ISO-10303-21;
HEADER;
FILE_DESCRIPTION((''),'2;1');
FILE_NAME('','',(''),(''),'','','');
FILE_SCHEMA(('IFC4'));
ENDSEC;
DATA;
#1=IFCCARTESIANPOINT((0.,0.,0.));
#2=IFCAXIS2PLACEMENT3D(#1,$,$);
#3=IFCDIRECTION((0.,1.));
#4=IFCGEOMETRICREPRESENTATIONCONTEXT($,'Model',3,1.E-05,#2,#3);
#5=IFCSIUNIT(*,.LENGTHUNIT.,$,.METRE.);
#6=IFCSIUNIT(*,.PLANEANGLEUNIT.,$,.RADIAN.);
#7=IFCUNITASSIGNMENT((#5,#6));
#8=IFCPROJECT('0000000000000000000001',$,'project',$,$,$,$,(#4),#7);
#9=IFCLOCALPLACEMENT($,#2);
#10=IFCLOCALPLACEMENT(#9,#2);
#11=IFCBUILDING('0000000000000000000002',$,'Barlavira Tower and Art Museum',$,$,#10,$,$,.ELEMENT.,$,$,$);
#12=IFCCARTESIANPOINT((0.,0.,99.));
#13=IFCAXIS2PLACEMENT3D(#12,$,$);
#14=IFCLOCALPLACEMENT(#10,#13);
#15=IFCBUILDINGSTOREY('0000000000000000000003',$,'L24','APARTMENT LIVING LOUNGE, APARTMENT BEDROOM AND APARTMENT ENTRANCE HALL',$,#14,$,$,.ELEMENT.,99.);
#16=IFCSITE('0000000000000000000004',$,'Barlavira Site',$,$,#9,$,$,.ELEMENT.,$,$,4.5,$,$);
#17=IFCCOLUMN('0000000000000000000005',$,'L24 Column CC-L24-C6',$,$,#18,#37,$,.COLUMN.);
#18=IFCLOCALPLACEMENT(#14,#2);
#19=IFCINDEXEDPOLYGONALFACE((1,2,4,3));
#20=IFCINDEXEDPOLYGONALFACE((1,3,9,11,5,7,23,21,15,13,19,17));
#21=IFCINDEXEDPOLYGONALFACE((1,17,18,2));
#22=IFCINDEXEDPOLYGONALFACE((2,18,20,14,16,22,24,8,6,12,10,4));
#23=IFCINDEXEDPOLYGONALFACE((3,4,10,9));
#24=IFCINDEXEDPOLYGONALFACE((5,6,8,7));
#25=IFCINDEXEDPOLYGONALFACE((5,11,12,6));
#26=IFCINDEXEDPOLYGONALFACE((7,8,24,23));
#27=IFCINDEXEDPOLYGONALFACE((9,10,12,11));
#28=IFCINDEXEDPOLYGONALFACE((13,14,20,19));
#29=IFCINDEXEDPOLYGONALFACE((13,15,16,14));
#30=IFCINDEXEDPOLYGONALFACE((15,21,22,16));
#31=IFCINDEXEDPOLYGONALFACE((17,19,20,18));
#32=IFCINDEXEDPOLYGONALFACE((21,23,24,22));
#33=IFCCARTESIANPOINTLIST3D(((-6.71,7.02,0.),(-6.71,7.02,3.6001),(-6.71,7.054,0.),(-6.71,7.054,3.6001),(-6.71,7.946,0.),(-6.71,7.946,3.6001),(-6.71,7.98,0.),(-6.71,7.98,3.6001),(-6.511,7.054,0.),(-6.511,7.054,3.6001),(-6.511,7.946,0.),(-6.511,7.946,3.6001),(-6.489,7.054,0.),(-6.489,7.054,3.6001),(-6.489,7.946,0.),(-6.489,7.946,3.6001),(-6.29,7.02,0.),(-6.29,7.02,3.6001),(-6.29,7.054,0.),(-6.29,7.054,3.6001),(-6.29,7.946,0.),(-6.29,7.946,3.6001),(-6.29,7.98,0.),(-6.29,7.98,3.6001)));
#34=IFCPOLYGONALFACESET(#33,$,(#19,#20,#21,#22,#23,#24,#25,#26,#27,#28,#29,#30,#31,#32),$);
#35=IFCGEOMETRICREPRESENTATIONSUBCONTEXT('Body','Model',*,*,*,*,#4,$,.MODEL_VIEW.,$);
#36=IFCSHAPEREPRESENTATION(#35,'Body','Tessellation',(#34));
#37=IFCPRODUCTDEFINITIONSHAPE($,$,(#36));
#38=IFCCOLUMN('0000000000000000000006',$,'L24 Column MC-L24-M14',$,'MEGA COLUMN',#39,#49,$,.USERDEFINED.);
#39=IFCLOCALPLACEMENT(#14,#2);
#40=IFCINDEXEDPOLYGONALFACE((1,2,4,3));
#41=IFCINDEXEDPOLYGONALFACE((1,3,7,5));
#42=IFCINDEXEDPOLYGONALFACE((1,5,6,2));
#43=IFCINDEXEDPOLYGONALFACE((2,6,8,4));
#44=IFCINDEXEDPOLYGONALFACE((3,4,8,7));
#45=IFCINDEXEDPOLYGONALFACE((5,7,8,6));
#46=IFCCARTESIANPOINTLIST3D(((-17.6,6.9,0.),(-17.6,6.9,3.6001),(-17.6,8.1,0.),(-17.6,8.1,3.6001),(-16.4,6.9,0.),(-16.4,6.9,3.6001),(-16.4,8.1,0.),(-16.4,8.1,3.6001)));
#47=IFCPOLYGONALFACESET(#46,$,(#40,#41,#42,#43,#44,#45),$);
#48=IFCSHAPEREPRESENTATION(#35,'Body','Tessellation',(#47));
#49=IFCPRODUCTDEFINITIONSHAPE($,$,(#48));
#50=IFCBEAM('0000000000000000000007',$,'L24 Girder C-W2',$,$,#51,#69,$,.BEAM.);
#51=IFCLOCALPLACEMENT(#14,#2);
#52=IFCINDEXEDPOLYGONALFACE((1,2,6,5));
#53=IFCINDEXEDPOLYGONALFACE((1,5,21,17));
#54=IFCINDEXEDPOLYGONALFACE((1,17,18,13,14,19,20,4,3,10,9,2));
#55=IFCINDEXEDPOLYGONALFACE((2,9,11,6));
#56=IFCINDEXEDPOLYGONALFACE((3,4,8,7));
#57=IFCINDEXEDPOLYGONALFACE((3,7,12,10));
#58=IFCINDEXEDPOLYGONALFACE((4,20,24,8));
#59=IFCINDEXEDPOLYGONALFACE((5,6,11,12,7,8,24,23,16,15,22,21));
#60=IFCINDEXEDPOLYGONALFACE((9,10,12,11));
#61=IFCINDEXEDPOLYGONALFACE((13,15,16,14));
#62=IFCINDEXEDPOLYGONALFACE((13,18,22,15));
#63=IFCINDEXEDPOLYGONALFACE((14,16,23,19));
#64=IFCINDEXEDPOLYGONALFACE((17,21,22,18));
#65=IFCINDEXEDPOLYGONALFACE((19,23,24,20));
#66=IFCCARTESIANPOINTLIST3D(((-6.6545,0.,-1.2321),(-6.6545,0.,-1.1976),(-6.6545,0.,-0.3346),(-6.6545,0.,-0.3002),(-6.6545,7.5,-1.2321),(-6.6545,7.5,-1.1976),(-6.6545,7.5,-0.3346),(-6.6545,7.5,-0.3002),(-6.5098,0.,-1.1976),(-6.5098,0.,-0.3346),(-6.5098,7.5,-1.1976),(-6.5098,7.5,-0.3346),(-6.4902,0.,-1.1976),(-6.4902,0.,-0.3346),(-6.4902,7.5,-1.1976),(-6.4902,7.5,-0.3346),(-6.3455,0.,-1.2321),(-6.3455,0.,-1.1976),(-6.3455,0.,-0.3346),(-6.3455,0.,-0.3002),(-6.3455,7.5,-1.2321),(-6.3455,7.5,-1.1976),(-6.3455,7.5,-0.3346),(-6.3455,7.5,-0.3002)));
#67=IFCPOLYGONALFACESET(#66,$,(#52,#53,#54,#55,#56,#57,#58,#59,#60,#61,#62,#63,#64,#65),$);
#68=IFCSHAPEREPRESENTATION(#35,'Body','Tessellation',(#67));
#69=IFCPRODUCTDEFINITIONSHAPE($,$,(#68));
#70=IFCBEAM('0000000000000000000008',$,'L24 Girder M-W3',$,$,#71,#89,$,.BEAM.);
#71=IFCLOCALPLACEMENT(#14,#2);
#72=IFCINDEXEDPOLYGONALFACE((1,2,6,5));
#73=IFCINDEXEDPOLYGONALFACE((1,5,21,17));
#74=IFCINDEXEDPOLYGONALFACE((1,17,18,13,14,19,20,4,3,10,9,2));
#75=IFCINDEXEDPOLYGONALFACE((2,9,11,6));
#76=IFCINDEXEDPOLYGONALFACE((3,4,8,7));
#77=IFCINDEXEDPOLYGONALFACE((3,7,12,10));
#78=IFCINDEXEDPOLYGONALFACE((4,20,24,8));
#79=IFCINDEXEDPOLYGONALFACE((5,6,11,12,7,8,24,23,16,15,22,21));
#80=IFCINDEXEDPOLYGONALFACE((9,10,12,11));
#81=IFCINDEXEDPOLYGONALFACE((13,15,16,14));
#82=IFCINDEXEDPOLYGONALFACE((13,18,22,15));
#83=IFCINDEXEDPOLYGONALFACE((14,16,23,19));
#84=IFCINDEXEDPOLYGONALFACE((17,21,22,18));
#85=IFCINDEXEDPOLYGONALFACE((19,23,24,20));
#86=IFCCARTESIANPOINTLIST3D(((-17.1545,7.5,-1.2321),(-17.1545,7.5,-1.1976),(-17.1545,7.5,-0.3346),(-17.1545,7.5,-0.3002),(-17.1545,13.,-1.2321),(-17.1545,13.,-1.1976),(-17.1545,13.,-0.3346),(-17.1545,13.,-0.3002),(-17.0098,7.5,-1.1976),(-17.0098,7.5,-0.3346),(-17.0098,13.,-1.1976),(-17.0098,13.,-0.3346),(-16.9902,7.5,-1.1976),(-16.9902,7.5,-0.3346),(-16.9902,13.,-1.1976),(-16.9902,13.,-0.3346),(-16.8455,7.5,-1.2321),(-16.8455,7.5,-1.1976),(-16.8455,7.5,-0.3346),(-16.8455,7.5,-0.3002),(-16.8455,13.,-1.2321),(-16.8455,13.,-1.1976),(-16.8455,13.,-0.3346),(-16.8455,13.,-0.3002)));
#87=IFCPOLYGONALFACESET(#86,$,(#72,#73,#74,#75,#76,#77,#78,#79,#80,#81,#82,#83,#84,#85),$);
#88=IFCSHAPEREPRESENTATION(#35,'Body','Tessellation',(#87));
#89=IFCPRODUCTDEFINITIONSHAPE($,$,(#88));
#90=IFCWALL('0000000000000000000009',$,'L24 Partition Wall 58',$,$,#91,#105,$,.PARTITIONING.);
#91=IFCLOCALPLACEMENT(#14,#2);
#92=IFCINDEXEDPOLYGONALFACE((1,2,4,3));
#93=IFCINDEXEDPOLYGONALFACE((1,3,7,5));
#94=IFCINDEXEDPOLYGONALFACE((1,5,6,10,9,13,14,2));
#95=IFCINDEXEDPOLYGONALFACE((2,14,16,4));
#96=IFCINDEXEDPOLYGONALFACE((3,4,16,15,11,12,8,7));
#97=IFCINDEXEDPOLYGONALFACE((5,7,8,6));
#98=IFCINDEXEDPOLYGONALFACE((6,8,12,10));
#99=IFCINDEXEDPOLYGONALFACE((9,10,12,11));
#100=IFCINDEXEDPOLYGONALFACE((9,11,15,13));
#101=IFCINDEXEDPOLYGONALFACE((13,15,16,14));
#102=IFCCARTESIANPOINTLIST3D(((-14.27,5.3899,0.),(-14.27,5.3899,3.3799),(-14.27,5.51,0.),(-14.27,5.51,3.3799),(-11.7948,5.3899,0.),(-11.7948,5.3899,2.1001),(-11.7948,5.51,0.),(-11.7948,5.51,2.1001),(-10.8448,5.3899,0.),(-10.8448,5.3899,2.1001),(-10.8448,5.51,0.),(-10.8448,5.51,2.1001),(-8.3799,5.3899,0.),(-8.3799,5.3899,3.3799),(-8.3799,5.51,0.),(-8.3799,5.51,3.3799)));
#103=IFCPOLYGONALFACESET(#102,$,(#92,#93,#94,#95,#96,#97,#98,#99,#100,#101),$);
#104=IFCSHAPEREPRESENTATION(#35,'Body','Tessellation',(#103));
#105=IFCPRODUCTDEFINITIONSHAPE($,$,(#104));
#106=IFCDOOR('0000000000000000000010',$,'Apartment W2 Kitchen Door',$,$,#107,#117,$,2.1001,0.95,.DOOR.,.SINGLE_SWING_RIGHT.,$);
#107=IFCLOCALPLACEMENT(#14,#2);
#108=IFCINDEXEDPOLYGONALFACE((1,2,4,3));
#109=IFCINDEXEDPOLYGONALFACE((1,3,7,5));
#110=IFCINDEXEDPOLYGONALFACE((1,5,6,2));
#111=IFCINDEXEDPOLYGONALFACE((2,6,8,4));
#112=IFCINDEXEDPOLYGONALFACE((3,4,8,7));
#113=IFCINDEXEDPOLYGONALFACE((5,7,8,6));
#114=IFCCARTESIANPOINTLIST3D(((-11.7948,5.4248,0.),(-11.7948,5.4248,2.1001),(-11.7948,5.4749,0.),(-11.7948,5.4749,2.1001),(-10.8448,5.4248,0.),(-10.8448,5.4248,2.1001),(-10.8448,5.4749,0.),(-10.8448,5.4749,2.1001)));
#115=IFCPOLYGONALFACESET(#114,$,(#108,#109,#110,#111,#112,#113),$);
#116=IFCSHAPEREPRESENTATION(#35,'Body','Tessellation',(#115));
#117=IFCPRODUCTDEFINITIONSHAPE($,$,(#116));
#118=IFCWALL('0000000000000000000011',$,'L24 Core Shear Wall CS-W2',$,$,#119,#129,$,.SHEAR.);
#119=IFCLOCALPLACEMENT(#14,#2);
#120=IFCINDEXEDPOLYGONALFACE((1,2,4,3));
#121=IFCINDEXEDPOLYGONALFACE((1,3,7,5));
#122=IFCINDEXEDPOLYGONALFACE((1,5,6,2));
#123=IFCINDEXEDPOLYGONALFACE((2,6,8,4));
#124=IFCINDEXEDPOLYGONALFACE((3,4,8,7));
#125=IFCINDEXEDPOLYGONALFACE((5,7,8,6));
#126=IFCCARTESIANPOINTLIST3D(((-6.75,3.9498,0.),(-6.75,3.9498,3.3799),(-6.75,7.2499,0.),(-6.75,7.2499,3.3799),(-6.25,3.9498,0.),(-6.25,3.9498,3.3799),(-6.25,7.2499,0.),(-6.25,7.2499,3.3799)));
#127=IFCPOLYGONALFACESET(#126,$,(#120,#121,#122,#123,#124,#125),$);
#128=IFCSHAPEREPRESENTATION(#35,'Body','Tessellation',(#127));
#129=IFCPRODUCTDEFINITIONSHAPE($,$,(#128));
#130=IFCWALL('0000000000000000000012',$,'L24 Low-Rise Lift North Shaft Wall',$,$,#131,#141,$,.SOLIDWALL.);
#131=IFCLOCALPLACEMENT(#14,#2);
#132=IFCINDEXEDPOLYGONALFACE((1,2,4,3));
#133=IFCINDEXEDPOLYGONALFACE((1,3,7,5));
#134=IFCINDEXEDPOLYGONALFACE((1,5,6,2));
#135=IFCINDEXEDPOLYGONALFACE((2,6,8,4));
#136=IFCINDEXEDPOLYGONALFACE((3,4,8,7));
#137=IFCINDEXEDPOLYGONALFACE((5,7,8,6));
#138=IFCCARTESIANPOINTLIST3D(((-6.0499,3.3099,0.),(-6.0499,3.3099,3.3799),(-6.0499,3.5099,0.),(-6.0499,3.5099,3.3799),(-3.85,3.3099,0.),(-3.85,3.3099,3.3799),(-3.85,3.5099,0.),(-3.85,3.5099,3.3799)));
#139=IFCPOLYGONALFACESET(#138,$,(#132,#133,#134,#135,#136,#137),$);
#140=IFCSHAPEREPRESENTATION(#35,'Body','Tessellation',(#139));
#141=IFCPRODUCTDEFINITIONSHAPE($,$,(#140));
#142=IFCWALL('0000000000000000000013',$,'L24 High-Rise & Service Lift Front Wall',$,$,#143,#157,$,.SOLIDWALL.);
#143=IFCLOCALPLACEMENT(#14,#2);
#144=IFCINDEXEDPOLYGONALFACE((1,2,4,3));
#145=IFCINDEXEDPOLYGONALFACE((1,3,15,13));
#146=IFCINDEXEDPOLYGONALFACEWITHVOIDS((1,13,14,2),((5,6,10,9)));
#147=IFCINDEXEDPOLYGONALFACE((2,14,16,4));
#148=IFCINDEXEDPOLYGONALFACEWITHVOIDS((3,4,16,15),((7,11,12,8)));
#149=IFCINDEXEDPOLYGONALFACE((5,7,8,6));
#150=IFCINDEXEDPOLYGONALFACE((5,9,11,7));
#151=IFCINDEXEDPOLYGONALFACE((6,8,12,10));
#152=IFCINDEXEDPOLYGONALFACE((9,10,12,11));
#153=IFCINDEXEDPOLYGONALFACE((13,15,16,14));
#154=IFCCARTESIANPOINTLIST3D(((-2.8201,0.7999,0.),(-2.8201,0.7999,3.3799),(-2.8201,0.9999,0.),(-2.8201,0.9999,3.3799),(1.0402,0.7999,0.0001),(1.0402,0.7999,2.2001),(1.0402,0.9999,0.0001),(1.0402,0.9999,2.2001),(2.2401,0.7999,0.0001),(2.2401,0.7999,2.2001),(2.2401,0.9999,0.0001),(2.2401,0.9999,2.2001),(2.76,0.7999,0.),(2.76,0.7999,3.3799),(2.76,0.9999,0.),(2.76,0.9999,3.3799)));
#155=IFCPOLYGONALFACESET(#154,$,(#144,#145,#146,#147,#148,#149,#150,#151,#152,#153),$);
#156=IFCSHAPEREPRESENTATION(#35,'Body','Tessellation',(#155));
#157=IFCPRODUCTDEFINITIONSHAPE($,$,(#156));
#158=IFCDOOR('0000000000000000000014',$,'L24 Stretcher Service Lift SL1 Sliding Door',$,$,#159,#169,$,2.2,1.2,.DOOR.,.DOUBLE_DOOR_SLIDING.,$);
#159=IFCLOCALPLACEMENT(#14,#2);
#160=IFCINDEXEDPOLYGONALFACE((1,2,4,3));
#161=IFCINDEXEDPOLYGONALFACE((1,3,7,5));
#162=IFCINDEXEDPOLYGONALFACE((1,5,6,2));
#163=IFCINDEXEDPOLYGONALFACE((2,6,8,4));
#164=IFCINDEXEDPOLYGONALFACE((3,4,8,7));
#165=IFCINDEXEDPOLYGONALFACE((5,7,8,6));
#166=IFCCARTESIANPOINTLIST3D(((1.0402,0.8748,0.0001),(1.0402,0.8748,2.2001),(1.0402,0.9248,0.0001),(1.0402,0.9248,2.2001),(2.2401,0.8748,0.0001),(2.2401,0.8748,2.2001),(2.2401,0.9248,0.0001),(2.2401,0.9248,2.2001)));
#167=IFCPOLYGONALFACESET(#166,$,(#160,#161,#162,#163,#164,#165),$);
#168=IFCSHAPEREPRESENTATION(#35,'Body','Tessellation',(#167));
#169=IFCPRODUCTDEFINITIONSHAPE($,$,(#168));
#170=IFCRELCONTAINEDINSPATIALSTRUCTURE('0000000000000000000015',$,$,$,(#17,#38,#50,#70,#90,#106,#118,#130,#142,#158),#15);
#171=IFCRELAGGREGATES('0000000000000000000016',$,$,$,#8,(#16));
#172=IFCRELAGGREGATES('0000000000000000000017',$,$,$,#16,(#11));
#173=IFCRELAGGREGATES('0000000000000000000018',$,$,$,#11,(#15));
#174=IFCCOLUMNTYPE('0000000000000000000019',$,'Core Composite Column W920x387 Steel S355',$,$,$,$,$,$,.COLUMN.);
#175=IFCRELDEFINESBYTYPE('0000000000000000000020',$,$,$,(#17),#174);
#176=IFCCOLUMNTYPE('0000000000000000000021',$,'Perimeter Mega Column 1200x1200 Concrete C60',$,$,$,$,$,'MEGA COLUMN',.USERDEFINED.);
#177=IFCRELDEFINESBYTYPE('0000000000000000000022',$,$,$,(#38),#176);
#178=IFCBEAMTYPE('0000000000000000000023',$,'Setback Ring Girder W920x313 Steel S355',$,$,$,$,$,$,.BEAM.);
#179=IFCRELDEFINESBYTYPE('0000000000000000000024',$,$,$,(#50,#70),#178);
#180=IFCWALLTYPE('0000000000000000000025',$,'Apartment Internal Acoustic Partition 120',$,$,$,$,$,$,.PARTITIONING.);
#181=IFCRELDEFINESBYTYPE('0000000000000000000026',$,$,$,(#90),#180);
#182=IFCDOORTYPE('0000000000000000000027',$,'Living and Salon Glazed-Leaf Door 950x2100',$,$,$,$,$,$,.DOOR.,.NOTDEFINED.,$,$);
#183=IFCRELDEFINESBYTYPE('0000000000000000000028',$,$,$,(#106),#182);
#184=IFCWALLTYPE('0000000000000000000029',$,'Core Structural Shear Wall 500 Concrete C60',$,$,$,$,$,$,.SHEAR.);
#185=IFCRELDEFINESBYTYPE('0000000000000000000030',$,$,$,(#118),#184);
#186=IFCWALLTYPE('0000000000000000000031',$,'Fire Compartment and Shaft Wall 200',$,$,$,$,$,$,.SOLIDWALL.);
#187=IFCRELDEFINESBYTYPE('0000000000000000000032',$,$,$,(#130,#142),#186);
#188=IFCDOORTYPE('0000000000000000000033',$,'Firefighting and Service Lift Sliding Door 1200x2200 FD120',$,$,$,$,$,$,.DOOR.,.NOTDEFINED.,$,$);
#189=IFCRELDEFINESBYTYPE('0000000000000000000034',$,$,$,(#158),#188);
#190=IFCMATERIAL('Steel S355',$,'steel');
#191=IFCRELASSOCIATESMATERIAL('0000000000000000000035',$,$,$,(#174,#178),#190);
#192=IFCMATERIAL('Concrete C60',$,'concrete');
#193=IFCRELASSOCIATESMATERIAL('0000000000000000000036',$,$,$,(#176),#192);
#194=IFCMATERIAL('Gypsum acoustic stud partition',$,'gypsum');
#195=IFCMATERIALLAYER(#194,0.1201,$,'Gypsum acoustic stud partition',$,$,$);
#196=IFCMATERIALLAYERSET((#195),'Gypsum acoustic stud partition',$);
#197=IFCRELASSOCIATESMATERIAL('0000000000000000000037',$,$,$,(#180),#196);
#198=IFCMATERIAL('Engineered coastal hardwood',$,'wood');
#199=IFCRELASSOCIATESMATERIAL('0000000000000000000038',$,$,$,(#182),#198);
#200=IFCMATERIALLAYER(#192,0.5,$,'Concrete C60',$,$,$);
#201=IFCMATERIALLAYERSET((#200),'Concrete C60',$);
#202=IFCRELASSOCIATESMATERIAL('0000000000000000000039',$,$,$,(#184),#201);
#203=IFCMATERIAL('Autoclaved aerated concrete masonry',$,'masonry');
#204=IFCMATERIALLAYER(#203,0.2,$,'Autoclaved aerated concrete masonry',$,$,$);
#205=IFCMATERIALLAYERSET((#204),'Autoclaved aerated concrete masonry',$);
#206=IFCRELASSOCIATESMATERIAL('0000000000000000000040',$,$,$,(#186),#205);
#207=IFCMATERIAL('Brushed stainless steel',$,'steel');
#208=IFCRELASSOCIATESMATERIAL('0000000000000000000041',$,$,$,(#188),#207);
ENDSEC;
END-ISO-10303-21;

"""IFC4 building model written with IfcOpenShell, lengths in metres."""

from ifc_helpers import new_model, si_unit, direction, frame, frame_2d, origin, origin_2d, place, context, subcontext, project, spatial, rectangle, i_section, extrude, material, layer, layer_set, material_profile, profile_set, type_object, element, fill, save


model = new_model("IFC4")

# Units and contexts
model_context = context("Model", 3, precision=1e-05, world=origin(), true_north=direction((0.0, 1.0)))
body_context = subcontext(model_context, "Body", "Model", "MODEL_VIEW")
ifc_project = project(units=[si_unit("LENGTHUNIT", "METRE"), si_unit("PLANEANGLEUNIT", "RADIAN")], contexts=[model_context])

# Site, building, storey
site_placement = place(None, origin())
site = spatial("IfcSite", under=ifc_project, at=site_placement, Name="Barlavira Site", CompositionType="ELEMENT", RefElevation=4.5)
building_placement = place(site_placement, origin())
building = spatial("IfcBuilding", under=site, at=building_placement, Name="Barlavira Tower and Art Museum", CompositionType="ELEMENT")
storey_placement = place(building_placement, frame((0.0, 0.0, 99.0)))
storey = spatial("IfcBuildingStorey", under=building, at=storey_placement, Name="L24", Description="APARTMENT LIVING LOUNGE, APARTMENT BEDROOM AND APARTMENT ENTRANCE HALL", CompositionType="ELEMENT", Elevation=99.0)

# Columns
ifc_material_1 = material(Name="Steel S355", Category="steel")
ifc_material_profile_1 = material_profile(ifc_material_1, i_section(OverallWidth=0.4199, OverallDepth=0.96, WebThickness=0.022, FlangeThickness=0.0339, at=origin_2d()), Name="W920x387.0")
ifc_profile_set_1 = profile_set([ifc_material_profile_1], Name="Steel S355")
column_type_1 = type_object("IfcColumnType", Name="Core Composite Column W920x387 Steel S355", PredefinedType="COLUMN", material=ifc_profile_set_1)
column_1_placement = place(storey_placement, frame((-6.5, 7.5, 0.0), z_axis=(0.0, 0.0, 1.0), x_axis=(1.0, 0.0, 0.0)))
element("IfcColumn", 1, at=column_1_placement, inside=storey, type_object=column_type_1, Name="L24 Column CC-L24-C6", PredefinedType="COLUMN", context=body_context, shape_type="SweptSolid", body=[
    extrude(i_section(OverallWidth=0.4199, OverallDepth=0.96, WebThickness=0.022, FlangeThickness=0.0339, at=origin_2d()), origin(), (0.0, 0.0, 1.0), 3.6001),
])
ifc_material_2 = material(Name="Concrete C60", Category="concrete")
ifc_material_profile_2 = material_profile(ifc_material_2, rectangle(XDim=1.2, YDim=1.2, at=origin_2d()), Name="RC-COL 1200x1200")
ifc_profile_set_2 = profile_set([ifc_material_profile_2], Name="Concrete C60")
column_type_2 = type_object("IfcColumnType", Name="Perimeter Mega Column 1200x1200 Concrete C60", ElementType="MEGA COLUMN", PredefinedType="USERDEFINED", material=ifc_profile_set_2)
column_2_placement = place(storey_placement, frame((-17.0, 7.5, 0.0), z_axis=(0.0, 0.0, 1.0), x_axis=(1.0, 0.0, 0.0)))
element("IfcColumn", 2, at=column_2_placement, inside=storey, type_object=column_type_2, Name="L24 Column MC-L24-M14", ObjectType="MEGA COLUMN", PredefinedType="USERDEFINED", context=body_context, shape_type="SweptSolid", body=[
    extrude(rectangle(XDim=1.2, YDim=1.2, at=origin_2d()), origin(), (0.0, 0.0, 1.0), 3.6001),
])

# Beams
ifc_material_profile_3 = material_profile(ifc_material_1, i_section(OverallWidth=0.3091, OverallDepth=0.9319, WebThickness=0.0195, FlangeThickness=0.0344, at=origin_2d()), Name="W920x313.0")
ifc_profile_set_3 = profile_set([ifc_material_profile_3], Name="Steel S355")
beam_type = type_object("IfcBeamType", Name="Setback Ring Girder W920x313 Steel S355", PredefinedType="BEAM", material=ifc_profile_set_3)
beam_1_placement = place(storey_placement, frame((-6.5, 0.0, -0.7661), z_axis=(0.0, 1.0, 0.0), x_axis=(-1.0, 0.0, 0.0)))
element("IfcBeam", 3, at=beam_1_placement, inside=storey, type_object=beam_type, Name="L24 Girder C-W2", PredefinedType="BEAM", context=body_context, shape_type="SweptSolid", body=[
    extrude(i_section(OverallWidth=0.3091, OverallDepth=0.9319, WebThickness=0.0195, FlangeThickness=0.0344, at=origin_2d()), origin(), (0.0, 0.0, 1.0), 7.5),
])
beam_2_placement = place(storey_placement, frame((-17.0, 7.5, -0.7661), z_axis=(0.0, 1.0, 0.0), x_axis=(-1.0, 0.0, 0.0)))
element("IfcBeam", 4, at=beam_2_placement, inside=storey, type_object=beam_type, Name="L24 Girder M-W3", PredefinedType="BEAM", context=body_context, shape_type="SweptSolid", body=[
    extrude(i_section(OverallWidth=0.3091, OverallDepth=0.9319, WebThickness=0.0195, FlangeThickness=0.0344, at=origin_2d()), origin(), (0.0, 0.0, 1.0), 5.5),
])

# Wall, opening, door
ifc_material_3 = material(Name="Gypsum acoustic stud partition", Category="gypsum")
ifc_layer_1 = layer(ifc_material_3, 0.1201, Name="Gypsum acoustic stud partition")
ifc_layer_set_1 = layer_set([ifc_layer_1], Name="Gypsum acoustic stud partition")
wall_type_1 = type_object("IfcWallType", Name="Apartment Internal Acoustic Partition 120", PredefinedType="PARTITIONING", material=ifc_layer_set_1)
wall_1_placement = place(storey_placement, frame((-14.27, 5.45, 0.0), z_axis=(0.0, 0.0, 1.0), x_axis=(1.0, 0.0, 0.0)))
wall_1 = element("IfcWall", 5, at=wall_1_placement, inside=storey, type_object=wall_type_1, Name="L24 Partition Wall 58", PredefinedType="PARTITIONING", context=body_context, shape_type="SweptSolid", body=[
    extrude(rectangle(XDim=5.8901, YDim=0.1201, at=frame_2d((2.9451, 0.0))), origin(), (0.0, 0.0, 1.0), 3.3799),
])
opening_1_placement = place(wall_1_placement, frame((2.4751, 0.0, 0.0)))
opening_1 = element("IfcOpeningElement", 6, at=opening_1_placement, cuts=wall_1, PredefinedType="OPENING", context=body_context, shape_type="SweptSolid", body=[
    extrude(rectangle(XDim=0.95, YDim=2.1001, at=frame_2d((0.4751, 1.05))), frame((0.0, 0.0701, 0.0), z_axis=(0.0, -1.0, 0.0), x_axis=(1.0, 0.0, 0.0)), (0.0, 0.0, 1.0), 0.1401),
])
ifc_material_4 = material(Name="Engineered coastal hardwood", Category="wood")
door_type_1 = type_object("IfcDoorType", Name="Living and Salon Glazed-Leaf Door 950x2100", OperationType="NOTDEFINED", PredefinedType="DOOR", material=ifc_material_4)
door_1_placement = place(opening_1_placement, origin())
door_1 = element("IfcDoor", 7, at=door_1_placement, inside=storey, type_object=door_type_1, Name="Apartment W2 Kitchen Door", OperationType="SINGLE_SWING_RIGHT", OverallHeight=2.1001, OverallWidth=0.95, PredefinedType="DOOR", context=body_context, shape_type="SweptSolid", body=[
    extrude(rectangle(XDim=0.95, YDim=2.1001, at=frame_2d((0.4751, 1.05))), frame((0.0, 0.0249, 0.0), z_axis=(0.0, -1.0, 0.0), x_axis=(1.0, 0.0, 0.0)), (0.0, 0.0, 1.0), 0.05),
])
fill(opening_1, door_1)
ifc_layer_2 = layer(ifc_material_2, 0.5, Name="Concrete C60")
ifc_layer_set_2 = layer_set([ifc_layer_2], Name="Concrete C60")
wall_type_2 = type_object("IfcWallType", Name="Core Structural Shear Wall 500 Concrete C60", PredefinedType="SHEAR", material=ifc_layer_set_2)
ifc_material_5 = material(Name="Brushed stainless steel", Category="steel")

# Walls
wall_2_placement = place(storey_placement, frame((-6.5, 3.95, 0.0), z_axis=(0.0, 0.0, 1.0), x_axis=(0.0, 1.0, 0.0)))
element("IfcWall", 8, at=wall_2_placement, inside=storey, type_object=wall_type_2, Name="L24 Core Shear Wall CS-W2", PredefinedType="SHEAR", context=body_context, shape_type="SweptSolid", body=[
    extrude(rectangle(XDim=3.3, YDim=0.5, at=frame_2d((1.6499, 0.0))), origin(), (0.0, 0.0, 1.0), 3.3799),
])
ifc_material_6 = material(Name="Autoclaved aerated concrete masonry", Category="masonry")
ifc_layer_3 = layer(ifc_material_6, 0.2, Name="Autoclaved aerated concrete masonry")
ifc_layer_set_3 = layer_set([ifc_layer_3], Name="Autoclaved aerated concrete masonry")
wall_type_3 = type_object("IfcWallType", Name="Fire Compartment and Shaft Wall 200", PredefinedType="SOLIDWALL", material=ifc_layer_set_3)
wall_3_placement = place(storey_placement, frame((-6.05, 3.4099, 0.0), z_axis=(0.0, 0.0, 1.0), x_axis=(1.0, 0.0, 0.0)))
element("IfcWall", 9, at=wall_3_placement, inside=storey, type_object=wall_type_3, Name="L24 Low-Rise Lift North Shaft Wall", PredefinedType="SOLIDWALL", context=body_context, shape_type="SweptSolid", body=[
    extrude(rectangle(XDim=2.2, YDim=0.2, at=frame_2d((1.1001, 0.0))), origin(), (0.0, 0.0, 1.0), 3.3799),
])

# Wall, opening, door
wall_4_placement = place(storey_placement, frame((-2.8201, 0.8999, 0.0), z_axis=(0.0, 0.0, 1.0), x_axis=(1.0, 0.0, 0.0)))
wall_4 = element("IfcWall", 10, at=wall_4_placement, inside=storey, type_object=wall_type_3, Name="L24 High-Rise & Service Lift Front Wall", PredefinedType="SOLIDWALL", context=body_context, shape_type="SweptSolid", body=[
    extrude(rectangle(XDim=5.5801, YDim=0.2, at=frame_2d((2.79, 0.0))), origin(), (0.0, 0.0, 1.0), 3.3799),
])
opening_2_placement = place(wall_4_placement, frame((3.8601, 0.0, 0.0)))
opening_2 = element("IfcOpeningElement", 11, at=opening_2_placement, cuts=wall_4, PredefinedType="OPENING", context=body_context, shape_type="SweptSolid", body=[
    extrude(rectangle(XDim=1.2, YDim=2.2, at=frame_2d((0.6001, 1.1001))), frame((0.0, 0.1099, 0.0), z_axis=(0.0, -1.0, 0.0), x_axis=(1.0, 0.0, 0.0)), (0.0, 0.0, 1.0), 0.22),
])
door_type_2 = type_object("IfcDoorType", Name="Firefighting and Service Lift Sliding Door 1200x2200 FD120", OperationType="NOTDEFINED", PredefinedType="DOOR", material=ifc_material_5)
door_2_placement = place(opening_2_placement, origin())
door_2 = element("IfcDoor", 12, at=door_2_placement, inside=storey, type_object=door_type_2, Name="L24 Stretcher Service Lift SL1 Sliding Door", OperationType="DOUBLE_DOOR_SLIDING", OverallHeight=2.2, OverallWidth=1.2, PredefinedType="DOOR", context=body_context, shape_type="SweptSolid", body=[
    extrude(rectangle(XDim=1.2, YDim=2.2, at=frame_2d((0.6001, 1.1001))), frame((0.0, 0.0249, 0.0), z_axis=(0.0, -1.0, 0.0), x_axis=(1.0, 0.0, 0.0)), (0.0, 0.0, 1.0), 0.05),
])
fill(opening_2, door_2)

save(model, "model.ifc")
